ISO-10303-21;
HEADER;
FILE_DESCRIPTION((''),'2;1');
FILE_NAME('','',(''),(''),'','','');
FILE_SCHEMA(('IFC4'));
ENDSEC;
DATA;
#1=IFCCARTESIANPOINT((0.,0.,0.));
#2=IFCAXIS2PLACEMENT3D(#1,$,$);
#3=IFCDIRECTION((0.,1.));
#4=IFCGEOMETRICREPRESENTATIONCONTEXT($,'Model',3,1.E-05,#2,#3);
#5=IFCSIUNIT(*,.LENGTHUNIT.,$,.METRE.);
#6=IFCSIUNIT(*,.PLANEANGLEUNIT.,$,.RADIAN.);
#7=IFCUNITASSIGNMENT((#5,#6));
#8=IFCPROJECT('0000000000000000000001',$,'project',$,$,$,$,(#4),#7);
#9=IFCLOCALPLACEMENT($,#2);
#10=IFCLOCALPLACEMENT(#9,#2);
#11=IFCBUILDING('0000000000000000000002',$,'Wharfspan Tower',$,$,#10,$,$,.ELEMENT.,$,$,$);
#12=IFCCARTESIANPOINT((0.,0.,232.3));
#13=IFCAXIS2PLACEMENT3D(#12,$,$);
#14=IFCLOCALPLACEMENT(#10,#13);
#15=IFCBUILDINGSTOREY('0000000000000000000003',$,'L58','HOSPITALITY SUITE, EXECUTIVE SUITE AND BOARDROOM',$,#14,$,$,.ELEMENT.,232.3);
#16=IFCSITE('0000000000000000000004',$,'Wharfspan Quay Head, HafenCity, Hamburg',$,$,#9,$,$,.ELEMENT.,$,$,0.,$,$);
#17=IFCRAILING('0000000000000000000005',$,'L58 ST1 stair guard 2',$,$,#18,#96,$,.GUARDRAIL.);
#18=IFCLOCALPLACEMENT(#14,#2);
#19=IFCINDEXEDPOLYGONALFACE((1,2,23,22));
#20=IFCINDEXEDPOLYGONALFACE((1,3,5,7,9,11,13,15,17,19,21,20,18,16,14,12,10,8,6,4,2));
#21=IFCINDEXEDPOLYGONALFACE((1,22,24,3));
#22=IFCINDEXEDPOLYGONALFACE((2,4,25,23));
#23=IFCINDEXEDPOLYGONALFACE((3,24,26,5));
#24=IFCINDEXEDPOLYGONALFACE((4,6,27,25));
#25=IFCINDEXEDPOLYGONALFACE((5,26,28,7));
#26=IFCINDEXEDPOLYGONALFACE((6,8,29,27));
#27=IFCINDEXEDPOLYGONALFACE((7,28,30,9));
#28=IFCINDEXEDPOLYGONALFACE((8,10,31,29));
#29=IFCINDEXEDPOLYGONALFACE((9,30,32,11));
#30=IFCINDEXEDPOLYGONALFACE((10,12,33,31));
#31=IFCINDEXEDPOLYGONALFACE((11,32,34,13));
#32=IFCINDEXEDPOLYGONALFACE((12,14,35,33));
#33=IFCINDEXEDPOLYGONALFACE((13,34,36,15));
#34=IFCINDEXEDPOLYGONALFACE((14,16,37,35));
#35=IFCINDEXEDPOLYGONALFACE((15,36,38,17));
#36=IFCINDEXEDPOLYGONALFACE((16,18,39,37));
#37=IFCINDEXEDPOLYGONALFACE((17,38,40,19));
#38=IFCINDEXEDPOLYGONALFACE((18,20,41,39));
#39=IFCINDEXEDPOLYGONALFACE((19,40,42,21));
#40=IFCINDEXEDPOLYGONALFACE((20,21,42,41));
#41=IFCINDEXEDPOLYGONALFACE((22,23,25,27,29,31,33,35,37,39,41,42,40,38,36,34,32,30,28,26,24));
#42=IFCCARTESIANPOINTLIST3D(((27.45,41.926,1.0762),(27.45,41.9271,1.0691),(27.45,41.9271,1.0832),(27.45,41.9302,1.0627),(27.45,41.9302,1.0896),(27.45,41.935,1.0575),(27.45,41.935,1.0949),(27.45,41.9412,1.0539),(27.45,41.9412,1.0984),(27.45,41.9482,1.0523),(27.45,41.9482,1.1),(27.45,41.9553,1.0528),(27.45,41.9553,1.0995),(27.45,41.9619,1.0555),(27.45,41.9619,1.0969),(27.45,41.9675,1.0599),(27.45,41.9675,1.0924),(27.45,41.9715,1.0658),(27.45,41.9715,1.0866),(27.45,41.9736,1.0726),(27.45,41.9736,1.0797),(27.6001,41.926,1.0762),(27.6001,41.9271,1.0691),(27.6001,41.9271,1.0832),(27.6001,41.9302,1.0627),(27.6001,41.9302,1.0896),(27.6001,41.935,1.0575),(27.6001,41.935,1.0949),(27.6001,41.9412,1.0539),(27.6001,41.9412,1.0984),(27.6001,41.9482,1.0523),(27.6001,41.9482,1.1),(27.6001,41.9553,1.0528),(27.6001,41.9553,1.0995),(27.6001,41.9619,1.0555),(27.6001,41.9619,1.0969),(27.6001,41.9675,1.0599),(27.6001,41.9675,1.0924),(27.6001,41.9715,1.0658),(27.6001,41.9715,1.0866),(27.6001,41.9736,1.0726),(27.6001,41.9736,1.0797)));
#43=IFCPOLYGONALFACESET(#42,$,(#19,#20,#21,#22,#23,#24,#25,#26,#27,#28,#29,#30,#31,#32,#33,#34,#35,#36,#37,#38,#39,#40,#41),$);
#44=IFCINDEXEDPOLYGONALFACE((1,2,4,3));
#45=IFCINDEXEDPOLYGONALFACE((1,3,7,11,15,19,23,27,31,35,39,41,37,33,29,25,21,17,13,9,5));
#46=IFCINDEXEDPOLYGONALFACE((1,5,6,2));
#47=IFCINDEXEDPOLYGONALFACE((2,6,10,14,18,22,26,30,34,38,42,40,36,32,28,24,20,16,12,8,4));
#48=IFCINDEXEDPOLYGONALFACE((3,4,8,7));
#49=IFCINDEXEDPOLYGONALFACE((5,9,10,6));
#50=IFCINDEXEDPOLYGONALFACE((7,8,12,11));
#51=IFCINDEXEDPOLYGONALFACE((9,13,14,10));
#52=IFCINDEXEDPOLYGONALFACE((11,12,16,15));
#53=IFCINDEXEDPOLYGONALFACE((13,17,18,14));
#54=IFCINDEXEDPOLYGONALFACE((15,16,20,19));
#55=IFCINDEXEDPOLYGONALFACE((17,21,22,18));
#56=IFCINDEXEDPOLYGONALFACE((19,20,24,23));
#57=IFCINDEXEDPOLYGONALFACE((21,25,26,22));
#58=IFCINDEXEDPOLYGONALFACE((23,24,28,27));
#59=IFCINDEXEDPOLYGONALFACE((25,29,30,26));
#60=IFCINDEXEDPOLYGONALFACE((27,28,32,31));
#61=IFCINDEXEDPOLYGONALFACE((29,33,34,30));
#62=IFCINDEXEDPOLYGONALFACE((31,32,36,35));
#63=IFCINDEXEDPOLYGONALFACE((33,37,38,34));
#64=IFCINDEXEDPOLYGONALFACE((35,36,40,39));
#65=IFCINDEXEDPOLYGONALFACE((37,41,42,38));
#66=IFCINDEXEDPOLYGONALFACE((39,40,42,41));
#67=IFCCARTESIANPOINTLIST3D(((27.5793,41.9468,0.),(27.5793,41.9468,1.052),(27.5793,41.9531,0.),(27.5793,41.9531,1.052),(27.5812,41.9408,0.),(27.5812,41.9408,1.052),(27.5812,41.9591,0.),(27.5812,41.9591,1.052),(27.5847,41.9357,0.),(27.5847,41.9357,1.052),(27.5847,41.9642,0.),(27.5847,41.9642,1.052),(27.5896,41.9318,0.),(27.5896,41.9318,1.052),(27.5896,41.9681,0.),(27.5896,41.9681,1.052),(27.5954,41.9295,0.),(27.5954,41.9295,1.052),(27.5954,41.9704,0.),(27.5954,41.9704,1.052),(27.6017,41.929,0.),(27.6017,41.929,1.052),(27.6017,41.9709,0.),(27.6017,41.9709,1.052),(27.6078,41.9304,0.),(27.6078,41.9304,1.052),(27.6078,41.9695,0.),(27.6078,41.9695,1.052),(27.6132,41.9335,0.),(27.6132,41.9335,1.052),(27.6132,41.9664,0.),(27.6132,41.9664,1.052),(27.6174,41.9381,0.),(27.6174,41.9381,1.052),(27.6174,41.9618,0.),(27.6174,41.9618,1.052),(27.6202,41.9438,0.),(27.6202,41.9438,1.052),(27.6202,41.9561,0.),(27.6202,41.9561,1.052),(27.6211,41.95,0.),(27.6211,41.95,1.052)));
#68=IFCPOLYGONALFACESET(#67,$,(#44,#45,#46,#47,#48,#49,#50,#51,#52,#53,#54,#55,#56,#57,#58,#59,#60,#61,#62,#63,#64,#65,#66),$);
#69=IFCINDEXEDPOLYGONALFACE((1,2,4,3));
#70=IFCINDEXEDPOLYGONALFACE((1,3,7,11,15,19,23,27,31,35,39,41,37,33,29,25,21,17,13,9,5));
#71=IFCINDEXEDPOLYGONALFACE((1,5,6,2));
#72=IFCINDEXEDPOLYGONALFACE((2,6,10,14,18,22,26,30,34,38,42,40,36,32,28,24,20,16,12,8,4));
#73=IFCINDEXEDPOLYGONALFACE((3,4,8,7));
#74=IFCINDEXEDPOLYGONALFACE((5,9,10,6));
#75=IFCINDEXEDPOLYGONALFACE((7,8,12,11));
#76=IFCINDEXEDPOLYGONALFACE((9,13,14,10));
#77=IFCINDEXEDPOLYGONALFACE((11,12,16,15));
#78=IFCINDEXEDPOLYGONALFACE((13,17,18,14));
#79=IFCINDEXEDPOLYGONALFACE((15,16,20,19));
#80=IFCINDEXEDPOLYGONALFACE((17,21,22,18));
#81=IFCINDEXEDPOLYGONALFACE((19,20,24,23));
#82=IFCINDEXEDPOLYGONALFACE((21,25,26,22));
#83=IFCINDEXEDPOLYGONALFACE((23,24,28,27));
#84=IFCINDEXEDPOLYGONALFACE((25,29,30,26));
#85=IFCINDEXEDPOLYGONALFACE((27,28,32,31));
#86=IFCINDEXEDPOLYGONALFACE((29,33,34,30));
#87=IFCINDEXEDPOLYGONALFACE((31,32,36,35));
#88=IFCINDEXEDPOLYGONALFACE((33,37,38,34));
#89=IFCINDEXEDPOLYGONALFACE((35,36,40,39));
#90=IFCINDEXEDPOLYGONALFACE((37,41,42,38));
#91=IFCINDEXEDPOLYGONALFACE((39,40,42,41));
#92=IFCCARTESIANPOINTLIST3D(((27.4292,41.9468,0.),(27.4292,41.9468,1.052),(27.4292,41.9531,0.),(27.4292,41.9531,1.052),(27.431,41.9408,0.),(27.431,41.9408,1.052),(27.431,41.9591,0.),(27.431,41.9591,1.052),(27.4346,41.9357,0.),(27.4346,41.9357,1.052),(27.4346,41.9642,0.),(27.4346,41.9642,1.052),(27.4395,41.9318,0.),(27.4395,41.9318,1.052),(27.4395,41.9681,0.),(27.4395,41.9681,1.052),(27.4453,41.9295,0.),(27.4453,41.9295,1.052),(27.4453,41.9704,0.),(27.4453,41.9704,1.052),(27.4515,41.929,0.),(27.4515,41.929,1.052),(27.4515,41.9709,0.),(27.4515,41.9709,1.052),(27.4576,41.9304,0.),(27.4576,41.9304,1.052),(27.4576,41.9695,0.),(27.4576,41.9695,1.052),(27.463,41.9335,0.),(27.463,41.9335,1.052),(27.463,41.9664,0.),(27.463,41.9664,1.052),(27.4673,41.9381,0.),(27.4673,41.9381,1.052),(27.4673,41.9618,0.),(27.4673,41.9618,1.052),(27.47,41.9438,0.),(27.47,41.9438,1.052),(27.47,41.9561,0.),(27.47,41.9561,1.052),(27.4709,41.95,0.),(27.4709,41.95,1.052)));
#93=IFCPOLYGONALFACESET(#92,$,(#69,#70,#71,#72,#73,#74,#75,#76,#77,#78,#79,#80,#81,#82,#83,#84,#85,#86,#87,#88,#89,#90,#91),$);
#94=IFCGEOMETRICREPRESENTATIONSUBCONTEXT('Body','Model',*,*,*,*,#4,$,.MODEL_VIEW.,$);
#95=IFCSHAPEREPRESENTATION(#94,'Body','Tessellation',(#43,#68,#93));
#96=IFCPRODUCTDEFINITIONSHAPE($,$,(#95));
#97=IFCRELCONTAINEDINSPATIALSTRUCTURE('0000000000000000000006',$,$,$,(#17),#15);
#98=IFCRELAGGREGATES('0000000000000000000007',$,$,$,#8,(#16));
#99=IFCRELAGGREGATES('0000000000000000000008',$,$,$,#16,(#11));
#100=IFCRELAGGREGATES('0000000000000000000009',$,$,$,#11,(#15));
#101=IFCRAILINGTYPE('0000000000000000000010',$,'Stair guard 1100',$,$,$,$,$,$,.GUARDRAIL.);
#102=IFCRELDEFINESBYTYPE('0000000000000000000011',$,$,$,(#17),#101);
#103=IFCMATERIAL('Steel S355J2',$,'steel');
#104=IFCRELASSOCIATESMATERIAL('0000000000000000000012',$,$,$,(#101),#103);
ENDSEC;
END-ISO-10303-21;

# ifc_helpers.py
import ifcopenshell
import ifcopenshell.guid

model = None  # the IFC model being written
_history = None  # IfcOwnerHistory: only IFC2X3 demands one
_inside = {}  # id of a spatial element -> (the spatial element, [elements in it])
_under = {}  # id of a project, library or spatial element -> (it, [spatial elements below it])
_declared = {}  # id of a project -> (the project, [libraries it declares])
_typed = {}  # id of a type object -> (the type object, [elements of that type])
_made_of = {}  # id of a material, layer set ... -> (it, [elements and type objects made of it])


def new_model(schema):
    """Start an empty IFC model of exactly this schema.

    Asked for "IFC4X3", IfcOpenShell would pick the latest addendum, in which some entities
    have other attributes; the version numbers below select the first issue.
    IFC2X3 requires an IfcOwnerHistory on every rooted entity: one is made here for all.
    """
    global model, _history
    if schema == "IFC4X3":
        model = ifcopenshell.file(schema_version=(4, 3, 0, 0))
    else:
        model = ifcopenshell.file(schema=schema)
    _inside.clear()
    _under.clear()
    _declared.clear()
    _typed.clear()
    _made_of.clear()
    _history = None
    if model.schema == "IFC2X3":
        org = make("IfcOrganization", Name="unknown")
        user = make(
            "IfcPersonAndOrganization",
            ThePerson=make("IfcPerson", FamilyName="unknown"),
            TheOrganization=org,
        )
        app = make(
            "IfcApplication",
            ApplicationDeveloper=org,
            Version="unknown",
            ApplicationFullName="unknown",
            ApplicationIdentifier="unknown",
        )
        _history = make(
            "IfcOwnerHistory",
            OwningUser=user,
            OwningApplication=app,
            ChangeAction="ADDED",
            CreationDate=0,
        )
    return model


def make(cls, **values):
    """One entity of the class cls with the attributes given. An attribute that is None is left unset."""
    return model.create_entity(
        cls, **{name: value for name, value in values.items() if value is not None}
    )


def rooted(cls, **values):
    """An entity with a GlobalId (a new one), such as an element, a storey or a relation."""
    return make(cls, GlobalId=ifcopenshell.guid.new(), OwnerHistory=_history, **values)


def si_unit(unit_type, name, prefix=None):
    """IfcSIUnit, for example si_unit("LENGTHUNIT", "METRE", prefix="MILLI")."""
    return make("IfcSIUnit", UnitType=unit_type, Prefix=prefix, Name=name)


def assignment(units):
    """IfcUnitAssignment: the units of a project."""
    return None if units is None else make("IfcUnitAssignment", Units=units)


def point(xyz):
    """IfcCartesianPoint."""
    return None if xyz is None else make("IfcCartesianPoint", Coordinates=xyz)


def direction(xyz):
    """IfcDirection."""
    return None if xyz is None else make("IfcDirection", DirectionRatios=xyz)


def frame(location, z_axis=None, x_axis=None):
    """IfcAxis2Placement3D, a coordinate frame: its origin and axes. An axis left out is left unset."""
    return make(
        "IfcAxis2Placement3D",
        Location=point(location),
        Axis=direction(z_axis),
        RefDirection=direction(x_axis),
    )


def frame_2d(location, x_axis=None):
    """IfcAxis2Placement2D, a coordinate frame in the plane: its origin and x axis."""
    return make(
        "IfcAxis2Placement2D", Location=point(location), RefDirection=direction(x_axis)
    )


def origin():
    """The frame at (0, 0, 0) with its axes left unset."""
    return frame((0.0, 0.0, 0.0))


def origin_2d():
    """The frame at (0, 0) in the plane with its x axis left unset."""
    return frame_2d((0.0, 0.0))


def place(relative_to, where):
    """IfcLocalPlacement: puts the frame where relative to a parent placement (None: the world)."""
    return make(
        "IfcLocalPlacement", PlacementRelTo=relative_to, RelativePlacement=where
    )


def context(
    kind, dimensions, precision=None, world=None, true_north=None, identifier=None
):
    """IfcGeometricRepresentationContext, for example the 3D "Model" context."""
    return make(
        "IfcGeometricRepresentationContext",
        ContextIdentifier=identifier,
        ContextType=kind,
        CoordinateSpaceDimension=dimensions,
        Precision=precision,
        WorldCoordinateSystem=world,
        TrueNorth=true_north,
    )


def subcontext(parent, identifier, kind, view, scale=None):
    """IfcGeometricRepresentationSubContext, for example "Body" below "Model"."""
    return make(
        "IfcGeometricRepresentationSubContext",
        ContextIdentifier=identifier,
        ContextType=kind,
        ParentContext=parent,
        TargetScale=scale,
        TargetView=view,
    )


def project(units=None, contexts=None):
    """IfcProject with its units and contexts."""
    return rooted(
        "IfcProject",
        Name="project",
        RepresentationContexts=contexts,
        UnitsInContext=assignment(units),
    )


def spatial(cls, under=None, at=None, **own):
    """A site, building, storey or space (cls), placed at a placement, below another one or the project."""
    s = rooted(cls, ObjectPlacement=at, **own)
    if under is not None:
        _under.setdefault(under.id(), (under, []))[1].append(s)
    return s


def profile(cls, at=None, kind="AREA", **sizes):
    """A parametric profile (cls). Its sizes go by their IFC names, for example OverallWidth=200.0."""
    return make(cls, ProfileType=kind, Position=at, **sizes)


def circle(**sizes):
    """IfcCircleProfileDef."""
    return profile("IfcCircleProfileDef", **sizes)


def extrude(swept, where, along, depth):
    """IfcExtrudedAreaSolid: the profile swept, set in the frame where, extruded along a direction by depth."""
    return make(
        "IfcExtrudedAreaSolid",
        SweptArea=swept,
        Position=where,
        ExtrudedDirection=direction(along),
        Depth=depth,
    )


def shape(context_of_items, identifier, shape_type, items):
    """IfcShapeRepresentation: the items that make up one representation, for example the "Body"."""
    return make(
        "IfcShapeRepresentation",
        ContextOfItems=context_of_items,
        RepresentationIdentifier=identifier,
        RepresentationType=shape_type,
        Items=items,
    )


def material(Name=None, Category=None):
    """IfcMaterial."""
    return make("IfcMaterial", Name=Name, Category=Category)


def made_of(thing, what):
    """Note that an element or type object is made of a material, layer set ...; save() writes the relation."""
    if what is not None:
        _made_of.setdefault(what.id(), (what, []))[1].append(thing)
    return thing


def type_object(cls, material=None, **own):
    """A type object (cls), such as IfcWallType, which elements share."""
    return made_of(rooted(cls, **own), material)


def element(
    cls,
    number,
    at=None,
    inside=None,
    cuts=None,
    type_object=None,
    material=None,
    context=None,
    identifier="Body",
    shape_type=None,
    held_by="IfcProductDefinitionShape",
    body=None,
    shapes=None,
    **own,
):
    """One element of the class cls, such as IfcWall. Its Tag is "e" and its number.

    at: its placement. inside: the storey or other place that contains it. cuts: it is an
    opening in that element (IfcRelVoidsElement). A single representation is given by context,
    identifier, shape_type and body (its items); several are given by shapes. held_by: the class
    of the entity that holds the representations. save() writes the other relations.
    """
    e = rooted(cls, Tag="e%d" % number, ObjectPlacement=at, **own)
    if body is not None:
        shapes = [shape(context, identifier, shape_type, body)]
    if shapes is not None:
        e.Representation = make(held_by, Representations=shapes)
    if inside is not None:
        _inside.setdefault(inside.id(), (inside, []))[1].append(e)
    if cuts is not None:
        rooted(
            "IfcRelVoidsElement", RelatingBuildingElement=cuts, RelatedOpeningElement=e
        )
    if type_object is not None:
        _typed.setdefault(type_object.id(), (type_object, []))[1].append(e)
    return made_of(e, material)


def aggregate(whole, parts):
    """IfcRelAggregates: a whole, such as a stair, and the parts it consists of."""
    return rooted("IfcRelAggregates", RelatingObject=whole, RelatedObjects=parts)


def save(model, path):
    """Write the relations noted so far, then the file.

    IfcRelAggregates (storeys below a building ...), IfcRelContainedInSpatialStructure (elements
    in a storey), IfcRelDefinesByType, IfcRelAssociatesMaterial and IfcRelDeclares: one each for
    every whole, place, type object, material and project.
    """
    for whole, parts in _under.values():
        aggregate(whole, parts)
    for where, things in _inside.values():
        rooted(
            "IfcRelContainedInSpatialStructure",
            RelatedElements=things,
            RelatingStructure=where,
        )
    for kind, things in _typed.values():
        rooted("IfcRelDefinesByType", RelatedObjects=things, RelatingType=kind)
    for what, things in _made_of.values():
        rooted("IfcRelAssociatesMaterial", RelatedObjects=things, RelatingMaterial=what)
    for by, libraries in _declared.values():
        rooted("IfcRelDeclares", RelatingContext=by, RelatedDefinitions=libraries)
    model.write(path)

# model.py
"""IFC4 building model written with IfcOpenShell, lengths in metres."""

from ifc_helpers import new_model, si_unit, direction, frame, origin, origin_2d, place, context, subcontext, project, spatial, circle, extrude, material, type_object, element, save


model = new_model("IFC4")

# Units and contexts
model_context = context("Model", 3, precision=1e-05, world=origin(), true_north=direction((0.0, 1.0)))
body_context = subcontext(model_context, "Body", "Model", "MODEL_VIEW")
ifc_project = project(units=[si_unit("LENGTHUNIT", "METRE"), si_unit("PLANEANGLEUNIT", "RADIAN")], contexts=[model_context])

# Site, building, storey
site_placement = place(None, origin())
site = spatial("IfcSite", under=ifc_project, at=site_placement, Name="Wharfspan Quay Head, HafenCity, Hamburg", CompositionType="ELEMENT", RefElevation=0.0)
building_placement = place(site_placement, origin())
building = spatial("IfcBuilding", under=site, at=building_placement, Name="Wharfspan Tower", CompositionType="ELEMENT")
storey_placement = place(building_placement, frame((0.0, 0.0, 232.3)))
storey = spatial("IfcBuildingStorey", under=building, at=storey_placement, Name="L58", Description="HOSPITALITY SUITE, EXECUTIVE SUITE AND BOARDROOM", CompositionType="ELEMENT", Elevation=232.3)

# Shared definitions
ifc_material_1 = material(Name="Steel S355J2", Category="steel")

# Railing
railing_type_1 = type_object("IfcRailingType", Name="Stair guard 1100", PredefinedType="GUARDRAIL", material=ifc_material_1)
railing_1_placement = place(storey_placement, frame((27.6001, 41.95, 0.0)))
element("IfcRailing", 1, at=railing_1_placement, inside=storey, type_object=railing_type_1, Name="L58 ST1 stair guard 2", PredefinedType="GUARDRAIL", context=body_context, shape_type="SweptSolid", body=[
    extrude(circle(Radius=0.0239, at=origin_2d()), frame((0.0, 0.0, 1.0762), z_axis=(-1.0, 0.0, 0.0), x_axis=(0.0, -1.0, 0.0)), (0.0, 0.0, 1.0), 0.1501),
    extrude(circle(Radius=0.021, at=origin_2d()), origin(), (0.0, 0.0, 1.0), 1.052),
    extrude(circle(Radius=0.021, at=origin_2d()), frame((-0.1501, 0.0, 0.0)), (0.0, 0.0, 1.0), 1.052),
])

save(model, "model.ifc")
